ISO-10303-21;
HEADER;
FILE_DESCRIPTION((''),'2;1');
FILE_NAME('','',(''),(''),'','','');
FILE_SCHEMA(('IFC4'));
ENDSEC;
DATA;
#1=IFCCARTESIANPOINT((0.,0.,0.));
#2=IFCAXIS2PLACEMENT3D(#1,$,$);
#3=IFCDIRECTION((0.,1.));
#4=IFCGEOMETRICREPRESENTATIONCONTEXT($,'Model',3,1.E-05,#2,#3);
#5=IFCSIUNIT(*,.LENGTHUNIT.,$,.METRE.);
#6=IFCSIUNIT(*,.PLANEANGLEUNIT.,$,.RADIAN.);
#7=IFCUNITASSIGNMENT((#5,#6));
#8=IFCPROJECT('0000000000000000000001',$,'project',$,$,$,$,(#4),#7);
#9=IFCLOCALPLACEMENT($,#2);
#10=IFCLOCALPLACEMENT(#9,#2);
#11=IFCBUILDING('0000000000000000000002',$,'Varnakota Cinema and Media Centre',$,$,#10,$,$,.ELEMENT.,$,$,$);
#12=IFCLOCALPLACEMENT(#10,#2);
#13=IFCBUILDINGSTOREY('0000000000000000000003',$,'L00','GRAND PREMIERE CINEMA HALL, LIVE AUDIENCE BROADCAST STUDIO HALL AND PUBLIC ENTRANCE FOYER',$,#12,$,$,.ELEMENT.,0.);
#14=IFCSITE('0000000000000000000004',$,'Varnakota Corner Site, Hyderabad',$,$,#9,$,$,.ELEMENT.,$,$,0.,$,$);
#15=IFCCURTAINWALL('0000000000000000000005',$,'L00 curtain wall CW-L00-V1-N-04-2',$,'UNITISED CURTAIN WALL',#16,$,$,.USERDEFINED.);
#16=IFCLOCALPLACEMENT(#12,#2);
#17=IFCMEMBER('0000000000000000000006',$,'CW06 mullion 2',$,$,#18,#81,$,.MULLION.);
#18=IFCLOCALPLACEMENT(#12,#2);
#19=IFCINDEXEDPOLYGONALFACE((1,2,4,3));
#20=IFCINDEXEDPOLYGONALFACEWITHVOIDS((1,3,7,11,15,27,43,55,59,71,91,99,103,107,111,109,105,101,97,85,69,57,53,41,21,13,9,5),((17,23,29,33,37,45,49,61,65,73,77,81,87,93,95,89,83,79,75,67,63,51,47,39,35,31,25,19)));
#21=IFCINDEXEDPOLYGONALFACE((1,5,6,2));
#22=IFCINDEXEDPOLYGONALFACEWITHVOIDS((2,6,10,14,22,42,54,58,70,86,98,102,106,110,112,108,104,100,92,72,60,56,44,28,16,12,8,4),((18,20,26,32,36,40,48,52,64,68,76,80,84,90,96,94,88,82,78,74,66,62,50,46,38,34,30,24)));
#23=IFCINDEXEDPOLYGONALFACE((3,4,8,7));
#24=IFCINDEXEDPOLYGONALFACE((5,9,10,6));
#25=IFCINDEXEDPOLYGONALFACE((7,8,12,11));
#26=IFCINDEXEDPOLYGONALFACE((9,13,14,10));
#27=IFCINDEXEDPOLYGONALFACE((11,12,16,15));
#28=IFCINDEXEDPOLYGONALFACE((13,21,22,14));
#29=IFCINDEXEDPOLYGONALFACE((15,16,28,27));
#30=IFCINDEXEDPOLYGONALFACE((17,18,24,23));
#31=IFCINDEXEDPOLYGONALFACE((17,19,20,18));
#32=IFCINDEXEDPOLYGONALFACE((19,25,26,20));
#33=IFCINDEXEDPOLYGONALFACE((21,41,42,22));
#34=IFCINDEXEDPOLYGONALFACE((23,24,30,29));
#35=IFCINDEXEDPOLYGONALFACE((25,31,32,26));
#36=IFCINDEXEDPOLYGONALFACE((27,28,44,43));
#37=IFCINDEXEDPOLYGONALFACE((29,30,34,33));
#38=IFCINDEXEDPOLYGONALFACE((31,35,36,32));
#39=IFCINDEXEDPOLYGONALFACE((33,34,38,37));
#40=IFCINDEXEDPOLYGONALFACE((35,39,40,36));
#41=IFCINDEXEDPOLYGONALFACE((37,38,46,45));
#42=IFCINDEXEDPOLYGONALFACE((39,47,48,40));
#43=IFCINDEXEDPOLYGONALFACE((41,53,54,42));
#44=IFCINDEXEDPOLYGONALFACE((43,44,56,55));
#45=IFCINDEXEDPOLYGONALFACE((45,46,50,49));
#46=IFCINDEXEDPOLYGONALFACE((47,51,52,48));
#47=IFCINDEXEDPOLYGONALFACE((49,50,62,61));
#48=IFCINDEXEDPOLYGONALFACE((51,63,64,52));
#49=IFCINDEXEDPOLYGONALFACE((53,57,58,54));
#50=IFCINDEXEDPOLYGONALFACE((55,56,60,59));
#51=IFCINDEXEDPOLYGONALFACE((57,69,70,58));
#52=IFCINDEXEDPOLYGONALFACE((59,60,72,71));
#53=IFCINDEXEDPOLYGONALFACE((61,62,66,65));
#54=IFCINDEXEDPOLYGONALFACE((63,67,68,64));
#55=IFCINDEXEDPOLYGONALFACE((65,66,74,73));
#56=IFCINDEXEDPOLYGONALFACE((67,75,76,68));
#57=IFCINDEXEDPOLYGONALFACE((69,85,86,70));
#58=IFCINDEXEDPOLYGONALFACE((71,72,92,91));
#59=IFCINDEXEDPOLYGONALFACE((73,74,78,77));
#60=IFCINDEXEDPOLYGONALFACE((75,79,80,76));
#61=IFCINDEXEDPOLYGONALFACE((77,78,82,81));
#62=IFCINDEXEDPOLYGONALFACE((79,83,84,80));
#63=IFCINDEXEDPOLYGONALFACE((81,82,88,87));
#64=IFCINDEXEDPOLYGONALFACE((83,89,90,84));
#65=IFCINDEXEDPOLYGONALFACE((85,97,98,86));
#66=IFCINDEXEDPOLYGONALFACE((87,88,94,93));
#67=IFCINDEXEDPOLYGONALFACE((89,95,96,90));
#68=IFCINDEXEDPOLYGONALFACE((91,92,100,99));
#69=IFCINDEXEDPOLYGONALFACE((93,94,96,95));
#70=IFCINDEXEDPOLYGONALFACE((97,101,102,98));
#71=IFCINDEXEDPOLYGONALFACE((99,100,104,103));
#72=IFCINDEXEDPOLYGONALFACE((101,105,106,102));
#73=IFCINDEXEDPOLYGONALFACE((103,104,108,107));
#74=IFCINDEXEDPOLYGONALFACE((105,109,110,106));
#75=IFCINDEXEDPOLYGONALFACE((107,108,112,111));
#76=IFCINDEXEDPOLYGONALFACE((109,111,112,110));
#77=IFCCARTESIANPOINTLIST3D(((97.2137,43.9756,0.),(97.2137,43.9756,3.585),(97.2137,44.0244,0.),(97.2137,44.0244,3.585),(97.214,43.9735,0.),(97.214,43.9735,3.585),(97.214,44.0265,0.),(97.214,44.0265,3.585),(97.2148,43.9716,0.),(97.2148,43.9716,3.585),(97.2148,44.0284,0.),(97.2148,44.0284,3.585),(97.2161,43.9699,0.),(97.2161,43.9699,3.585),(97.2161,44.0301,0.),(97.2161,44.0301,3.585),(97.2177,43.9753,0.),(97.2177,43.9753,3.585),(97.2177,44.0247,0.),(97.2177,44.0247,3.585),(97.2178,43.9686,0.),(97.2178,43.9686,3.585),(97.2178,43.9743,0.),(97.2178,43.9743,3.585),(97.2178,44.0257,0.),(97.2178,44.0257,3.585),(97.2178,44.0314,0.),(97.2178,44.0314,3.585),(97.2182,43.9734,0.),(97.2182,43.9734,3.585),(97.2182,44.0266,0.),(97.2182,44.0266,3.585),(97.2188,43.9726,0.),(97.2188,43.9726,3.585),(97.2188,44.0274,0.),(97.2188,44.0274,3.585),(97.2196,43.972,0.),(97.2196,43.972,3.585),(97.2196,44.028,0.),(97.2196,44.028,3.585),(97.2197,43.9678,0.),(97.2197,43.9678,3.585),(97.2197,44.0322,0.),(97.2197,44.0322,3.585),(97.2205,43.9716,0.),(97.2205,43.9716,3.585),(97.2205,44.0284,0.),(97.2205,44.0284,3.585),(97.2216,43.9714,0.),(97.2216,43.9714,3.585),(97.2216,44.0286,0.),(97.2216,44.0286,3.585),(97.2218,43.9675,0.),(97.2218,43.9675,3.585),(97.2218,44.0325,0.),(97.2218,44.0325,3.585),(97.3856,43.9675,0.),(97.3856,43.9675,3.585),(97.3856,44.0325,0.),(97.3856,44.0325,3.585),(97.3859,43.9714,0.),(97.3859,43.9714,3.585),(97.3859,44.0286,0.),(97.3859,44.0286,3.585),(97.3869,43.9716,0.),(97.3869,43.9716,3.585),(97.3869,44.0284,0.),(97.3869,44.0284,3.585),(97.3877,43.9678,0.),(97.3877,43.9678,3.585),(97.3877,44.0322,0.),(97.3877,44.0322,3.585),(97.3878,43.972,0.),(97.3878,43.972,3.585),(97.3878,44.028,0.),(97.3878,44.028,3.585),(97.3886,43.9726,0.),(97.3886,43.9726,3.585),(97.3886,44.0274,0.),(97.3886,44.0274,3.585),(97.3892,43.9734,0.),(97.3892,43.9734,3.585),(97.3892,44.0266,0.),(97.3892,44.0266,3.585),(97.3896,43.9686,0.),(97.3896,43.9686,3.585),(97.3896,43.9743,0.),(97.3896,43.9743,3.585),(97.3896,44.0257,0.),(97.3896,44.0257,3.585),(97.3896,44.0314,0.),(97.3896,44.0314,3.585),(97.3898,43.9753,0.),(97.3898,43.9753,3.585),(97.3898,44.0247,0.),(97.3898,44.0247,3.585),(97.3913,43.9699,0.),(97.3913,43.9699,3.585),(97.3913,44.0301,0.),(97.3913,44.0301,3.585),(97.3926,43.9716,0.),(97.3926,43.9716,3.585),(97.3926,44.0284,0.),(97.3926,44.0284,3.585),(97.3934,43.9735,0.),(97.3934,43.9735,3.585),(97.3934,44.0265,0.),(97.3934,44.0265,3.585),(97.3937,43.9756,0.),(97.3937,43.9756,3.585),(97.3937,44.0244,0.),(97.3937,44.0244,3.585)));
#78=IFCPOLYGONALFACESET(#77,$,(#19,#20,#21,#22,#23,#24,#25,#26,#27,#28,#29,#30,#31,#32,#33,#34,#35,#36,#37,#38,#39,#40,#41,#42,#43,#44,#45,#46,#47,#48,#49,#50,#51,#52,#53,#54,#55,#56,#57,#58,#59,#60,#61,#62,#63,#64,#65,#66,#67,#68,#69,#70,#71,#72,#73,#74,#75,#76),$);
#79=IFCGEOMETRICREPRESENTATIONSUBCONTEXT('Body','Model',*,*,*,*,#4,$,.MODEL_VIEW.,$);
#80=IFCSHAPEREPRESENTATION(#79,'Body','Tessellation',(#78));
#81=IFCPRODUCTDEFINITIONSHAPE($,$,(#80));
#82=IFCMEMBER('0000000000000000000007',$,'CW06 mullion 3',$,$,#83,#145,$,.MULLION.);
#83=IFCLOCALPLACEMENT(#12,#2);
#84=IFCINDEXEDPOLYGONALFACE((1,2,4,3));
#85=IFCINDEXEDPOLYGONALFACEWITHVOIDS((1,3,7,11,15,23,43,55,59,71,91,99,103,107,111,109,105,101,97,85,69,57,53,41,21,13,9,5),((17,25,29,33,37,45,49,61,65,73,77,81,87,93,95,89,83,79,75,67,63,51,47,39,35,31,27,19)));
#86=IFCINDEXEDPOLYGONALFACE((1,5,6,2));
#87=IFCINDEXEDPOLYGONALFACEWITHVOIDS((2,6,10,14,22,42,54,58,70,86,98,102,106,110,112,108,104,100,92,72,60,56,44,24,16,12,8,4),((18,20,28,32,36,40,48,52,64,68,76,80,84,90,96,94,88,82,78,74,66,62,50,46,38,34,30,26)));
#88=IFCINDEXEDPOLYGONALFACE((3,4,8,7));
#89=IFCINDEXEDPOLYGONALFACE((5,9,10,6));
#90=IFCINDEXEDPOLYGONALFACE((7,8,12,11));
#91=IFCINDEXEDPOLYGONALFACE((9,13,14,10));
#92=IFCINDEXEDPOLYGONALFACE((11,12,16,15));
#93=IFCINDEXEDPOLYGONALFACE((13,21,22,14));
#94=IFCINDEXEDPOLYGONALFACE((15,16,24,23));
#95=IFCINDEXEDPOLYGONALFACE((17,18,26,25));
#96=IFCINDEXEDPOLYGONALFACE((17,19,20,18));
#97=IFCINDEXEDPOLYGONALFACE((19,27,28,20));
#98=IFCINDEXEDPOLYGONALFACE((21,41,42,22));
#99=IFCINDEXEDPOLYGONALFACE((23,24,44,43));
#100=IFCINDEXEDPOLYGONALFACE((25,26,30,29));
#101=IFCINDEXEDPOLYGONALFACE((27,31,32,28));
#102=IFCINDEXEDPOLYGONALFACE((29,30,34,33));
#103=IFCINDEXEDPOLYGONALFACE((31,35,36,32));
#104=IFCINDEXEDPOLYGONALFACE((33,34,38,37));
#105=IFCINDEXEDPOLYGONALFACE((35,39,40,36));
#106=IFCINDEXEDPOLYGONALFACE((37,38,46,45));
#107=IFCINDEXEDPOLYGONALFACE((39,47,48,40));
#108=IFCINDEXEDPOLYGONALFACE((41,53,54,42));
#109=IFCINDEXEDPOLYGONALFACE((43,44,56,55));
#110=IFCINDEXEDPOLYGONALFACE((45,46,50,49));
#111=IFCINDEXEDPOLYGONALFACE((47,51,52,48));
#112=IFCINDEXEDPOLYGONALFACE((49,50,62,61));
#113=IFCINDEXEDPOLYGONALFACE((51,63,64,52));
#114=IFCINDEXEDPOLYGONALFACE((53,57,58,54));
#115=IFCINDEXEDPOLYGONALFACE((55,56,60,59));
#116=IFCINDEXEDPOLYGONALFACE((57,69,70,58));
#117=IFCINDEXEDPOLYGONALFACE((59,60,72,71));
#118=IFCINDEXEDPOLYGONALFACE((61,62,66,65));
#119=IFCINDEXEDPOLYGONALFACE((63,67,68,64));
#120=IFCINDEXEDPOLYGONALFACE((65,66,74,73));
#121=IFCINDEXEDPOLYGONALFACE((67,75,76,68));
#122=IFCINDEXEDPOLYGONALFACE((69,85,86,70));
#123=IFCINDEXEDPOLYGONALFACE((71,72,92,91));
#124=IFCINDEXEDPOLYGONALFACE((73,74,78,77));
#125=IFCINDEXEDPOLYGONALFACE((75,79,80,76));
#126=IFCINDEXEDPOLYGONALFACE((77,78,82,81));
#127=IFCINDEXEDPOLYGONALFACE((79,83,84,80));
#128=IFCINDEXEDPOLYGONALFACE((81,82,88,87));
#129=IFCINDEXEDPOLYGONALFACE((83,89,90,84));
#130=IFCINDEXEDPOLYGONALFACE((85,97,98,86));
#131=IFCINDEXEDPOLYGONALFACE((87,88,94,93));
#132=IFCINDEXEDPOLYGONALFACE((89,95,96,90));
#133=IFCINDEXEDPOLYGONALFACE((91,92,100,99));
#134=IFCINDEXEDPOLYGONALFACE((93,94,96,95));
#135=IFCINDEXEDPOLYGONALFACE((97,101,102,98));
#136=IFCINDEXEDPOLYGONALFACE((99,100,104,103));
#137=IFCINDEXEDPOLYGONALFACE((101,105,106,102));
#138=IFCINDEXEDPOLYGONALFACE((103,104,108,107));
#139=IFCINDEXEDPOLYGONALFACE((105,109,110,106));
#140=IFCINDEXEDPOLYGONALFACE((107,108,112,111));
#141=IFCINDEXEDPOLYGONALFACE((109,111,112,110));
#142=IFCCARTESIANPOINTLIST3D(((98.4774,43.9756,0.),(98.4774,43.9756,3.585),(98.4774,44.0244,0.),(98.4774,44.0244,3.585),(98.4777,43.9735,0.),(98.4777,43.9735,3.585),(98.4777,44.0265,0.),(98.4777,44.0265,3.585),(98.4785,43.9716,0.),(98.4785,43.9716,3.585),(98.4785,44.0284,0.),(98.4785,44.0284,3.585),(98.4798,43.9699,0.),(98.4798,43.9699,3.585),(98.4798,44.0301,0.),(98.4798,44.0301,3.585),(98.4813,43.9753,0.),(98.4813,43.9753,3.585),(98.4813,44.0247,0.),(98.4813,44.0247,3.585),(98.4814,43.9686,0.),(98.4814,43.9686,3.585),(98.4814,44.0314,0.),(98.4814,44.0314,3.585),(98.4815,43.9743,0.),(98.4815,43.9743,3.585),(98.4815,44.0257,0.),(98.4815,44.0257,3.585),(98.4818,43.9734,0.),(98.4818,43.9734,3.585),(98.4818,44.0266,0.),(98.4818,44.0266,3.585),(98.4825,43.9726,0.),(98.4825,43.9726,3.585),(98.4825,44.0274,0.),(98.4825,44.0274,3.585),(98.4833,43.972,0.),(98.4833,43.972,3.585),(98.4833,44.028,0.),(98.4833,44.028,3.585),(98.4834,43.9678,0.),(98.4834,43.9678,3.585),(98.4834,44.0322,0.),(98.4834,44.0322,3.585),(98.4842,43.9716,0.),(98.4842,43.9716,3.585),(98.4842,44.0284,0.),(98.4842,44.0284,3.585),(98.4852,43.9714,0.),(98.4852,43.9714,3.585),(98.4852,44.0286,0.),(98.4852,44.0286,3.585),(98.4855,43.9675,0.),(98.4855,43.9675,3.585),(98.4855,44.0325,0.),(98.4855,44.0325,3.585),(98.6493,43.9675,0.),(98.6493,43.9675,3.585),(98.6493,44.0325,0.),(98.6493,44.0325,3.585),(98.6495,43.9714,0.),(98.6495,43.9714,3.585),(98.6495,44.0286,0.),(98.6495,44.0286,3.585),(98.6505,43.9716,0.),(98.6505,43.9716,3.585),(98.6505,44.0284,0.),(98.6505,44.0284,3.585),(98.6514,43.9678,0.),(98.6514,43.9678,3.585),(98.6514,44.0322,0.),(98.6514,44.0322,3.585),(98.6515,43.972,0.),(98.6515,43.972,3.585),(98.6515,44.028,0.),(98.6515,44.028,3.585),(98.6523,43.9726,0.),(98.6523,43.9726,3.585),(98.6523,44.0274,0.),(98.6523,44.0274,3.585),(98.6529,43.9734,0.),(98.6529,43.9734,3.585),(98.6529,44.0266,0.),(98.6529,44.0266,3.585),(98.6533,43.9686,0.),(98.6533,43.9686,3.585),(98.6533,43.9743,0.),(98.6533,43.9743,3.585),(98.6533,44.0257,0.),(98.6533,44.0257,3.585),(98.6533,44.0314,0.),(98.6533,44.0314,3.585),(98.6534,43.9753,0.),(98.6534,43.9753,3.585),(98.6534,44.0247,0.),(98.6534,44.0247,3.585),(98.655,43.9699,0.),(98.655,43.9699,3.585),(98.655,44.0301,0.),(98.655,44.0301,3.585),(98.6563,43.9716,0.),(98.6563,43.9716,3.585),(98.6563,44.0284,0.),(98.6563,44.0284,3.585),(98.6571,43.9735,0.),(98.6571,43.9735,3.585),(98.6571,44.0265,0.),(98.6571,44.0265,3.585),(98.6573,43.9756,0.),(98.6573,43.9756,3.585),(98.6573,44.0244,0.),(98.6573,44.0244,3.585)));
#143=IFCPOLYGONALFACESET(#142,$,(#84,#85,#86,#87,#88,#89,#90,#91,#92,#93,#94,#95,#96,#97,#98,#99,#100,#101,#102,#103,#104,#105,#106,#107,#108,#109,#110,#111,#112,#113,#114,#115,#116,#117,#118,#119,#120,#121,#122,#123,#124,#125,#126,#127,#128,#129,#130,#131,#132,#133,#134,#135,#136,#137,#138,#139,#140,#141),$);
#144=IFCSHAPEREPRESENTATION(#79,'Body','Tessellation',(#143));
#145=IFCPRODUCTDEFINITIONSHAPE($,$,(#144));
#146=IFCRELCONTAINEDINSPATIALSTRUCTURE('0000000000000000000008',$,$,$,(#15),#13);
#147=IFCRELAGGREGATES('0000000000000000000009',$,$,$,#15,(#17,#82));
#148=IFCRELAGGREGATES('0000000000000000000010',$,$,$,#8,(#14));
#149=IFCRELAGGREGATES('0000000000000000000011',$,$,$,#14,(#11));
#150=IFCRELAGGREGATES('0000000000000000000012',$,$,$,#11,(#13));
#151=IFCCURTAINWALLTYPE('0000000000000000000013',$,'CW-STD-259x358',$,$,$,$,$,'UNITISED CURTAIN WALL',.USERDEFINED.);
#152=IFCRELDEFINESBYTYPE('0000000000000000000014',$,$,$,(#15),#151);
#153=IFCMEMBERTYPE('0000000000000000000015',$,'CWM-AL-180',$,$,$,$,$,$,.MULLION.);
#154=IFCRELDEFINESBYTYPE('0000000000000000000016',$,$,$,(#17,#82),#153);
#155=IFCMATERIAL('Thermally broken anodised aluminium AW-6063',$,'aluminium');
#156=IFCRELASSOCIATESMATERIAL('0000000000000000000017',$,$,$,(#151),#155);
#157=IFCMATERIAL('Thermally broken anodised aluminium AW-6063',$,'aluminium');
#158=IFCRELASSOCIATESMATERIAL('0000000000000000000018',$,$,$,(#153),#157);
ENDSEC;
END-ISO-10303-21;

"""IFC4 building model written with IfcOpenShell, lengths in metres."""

from ifc_helpers import new_model, si_unit, direction, frame, origin, origin_2d, place, context, subcontext, project, spatial, hollow_rectangle, extrude, material, material_profile, profile_set, type_object, element, aggregate, save


model = new_model("IFC4")

# Units and contexts
model_context = context("Model", 3, precision=1e-05, world=origin(), true_north=direction((0.0, 1.0)))
body_context = subcontext(model_context, "Body", "Model", "MODEL_VIEW")
ifc_project = project(units=[si_unit("LENGTHUNIT", "METRE"), si_unit("PLANEANGLEUNIT", "RADIAN")], contexts=[model_context])

# Site, building, storey
site_placement = place(None, origin())
site = spatial("IfcSite", under=ifc_project, at=site_placement, Name="Varnakota Corner Site, Hyderabad", CompositionType="ELEMENT", RefElevation=0.0)
building_placement = place(site_placement, origin())
building = spatial("IfcBuilding", under=site, at=building_placement, Name="Varnakota Cinema and Media Centre", CompositionType="ELEMENT")
storey_placement = place(building_placement, origin())
storey = spatial("IfcBuildingStorey", under=building, at=storey_placement, Name="L00", Description="GRAND PREMIERE CINEMA HALL, LIVE AUDIENCE BROADCAST STUDIO HALL AND PUBLIC ENTRANCE FOYER", CompositionType="ELEMENT", Elevation=0.0)

# Shared definitions
ifc_material_1 = material(Name="Thermally broken anodised aluminium AW-6063", Category="aluminium")
curtain_wall_type = type_object("IfcCurtainWallType", Name="CW-STD-259x358", ElementType="UNITISED CURTAIN WALL", PredefinedType="USERDEFINED", material=ifc_material_1)
ifc_material_2 = material(Name="Thermally broken anodised aluminium AW-6063", Category="aluminium")
ifc_material_profile_1 = material_profile(ifc_material_2, hollow_rectangle(XDim=0.0649, YDim=0.1799, WallThickness=0.0039, InnerFilletRadius=0.0039, OuterFilletRadius=0.0081, at=origin_2d()), Name="AL-MULLION 180x65x4")
ifc_profile_set_1 = profile_set([ifc_material_profile_1], Name="Thermally broken anodised aluminium AW-6063")
member_type_1 = type_object("IfcMemberType", Name="CWM-AL-180", PredefinedType="MULLION", material=ifc_profile_set_1)

# Curtain wall, members
curtain_wall_1_placement = place(storey_placement, origin())
curtain_wall_1 = element("IfcCurtainWall", 1, at=curtain_wall_1_placement, inside=storey, type_object=curtain_wall_type, Name="L00 curtain wall CW-L00-V1-N-04-2", ObjectType="UNITISED CURTAIN WALL", PredefinedType="USERDEFINED")
member_1_placement = place(storey_placement, frame((97.3037, 44.0, 0.0), z_axis=(0.0, 0.0, 1.0), x_axis=(0.0, 1.0, 0.0)))
member_1 = element("IfcMember", 2, at=member_1_placement, type_object=member_type_1, Name="CW06 mullion 2", PredefinedType="MULLION", context=body_context, shape_type="SweptSolid", body=[
    extrude(hollow_rectangle(XDim=0.0649, YDim=0.1799, WallThickness=0.0039, InnerFilletRadius=0.0039, OuterFilletRadius=0.0081, at=origin_2d()), origin(), (0.0, 0.0, 1.0), 3.585),
])
member_2_placement = place(storey_placement, frame((98.5674, 44.0, 0.0), z_axis=(0.0, 0.0, 1.0), x_axis=(0.0, 1.0, 0.0)))
member_2 = element("IfcMember", 3, at=member_2_placement, type_object=member_type_1, Name="CW06 mullion 3", PredefinedType="MULLION", context=body_context, shape_type="SweptSolid", body=[
    extrude(hollow_rectangle(XDim=0.0649, YDim=0.1799, WallThickness=0.0039, InnerFilletRadius=0.0039, OuterFilletRadius=0.0081, at=origin_2d()), origin(), (0.0, 0.0, 1.0), 3.585),
])

aggregate(curtain_wall_1, [member_1, member_2])

save(model, "model.ifc")
